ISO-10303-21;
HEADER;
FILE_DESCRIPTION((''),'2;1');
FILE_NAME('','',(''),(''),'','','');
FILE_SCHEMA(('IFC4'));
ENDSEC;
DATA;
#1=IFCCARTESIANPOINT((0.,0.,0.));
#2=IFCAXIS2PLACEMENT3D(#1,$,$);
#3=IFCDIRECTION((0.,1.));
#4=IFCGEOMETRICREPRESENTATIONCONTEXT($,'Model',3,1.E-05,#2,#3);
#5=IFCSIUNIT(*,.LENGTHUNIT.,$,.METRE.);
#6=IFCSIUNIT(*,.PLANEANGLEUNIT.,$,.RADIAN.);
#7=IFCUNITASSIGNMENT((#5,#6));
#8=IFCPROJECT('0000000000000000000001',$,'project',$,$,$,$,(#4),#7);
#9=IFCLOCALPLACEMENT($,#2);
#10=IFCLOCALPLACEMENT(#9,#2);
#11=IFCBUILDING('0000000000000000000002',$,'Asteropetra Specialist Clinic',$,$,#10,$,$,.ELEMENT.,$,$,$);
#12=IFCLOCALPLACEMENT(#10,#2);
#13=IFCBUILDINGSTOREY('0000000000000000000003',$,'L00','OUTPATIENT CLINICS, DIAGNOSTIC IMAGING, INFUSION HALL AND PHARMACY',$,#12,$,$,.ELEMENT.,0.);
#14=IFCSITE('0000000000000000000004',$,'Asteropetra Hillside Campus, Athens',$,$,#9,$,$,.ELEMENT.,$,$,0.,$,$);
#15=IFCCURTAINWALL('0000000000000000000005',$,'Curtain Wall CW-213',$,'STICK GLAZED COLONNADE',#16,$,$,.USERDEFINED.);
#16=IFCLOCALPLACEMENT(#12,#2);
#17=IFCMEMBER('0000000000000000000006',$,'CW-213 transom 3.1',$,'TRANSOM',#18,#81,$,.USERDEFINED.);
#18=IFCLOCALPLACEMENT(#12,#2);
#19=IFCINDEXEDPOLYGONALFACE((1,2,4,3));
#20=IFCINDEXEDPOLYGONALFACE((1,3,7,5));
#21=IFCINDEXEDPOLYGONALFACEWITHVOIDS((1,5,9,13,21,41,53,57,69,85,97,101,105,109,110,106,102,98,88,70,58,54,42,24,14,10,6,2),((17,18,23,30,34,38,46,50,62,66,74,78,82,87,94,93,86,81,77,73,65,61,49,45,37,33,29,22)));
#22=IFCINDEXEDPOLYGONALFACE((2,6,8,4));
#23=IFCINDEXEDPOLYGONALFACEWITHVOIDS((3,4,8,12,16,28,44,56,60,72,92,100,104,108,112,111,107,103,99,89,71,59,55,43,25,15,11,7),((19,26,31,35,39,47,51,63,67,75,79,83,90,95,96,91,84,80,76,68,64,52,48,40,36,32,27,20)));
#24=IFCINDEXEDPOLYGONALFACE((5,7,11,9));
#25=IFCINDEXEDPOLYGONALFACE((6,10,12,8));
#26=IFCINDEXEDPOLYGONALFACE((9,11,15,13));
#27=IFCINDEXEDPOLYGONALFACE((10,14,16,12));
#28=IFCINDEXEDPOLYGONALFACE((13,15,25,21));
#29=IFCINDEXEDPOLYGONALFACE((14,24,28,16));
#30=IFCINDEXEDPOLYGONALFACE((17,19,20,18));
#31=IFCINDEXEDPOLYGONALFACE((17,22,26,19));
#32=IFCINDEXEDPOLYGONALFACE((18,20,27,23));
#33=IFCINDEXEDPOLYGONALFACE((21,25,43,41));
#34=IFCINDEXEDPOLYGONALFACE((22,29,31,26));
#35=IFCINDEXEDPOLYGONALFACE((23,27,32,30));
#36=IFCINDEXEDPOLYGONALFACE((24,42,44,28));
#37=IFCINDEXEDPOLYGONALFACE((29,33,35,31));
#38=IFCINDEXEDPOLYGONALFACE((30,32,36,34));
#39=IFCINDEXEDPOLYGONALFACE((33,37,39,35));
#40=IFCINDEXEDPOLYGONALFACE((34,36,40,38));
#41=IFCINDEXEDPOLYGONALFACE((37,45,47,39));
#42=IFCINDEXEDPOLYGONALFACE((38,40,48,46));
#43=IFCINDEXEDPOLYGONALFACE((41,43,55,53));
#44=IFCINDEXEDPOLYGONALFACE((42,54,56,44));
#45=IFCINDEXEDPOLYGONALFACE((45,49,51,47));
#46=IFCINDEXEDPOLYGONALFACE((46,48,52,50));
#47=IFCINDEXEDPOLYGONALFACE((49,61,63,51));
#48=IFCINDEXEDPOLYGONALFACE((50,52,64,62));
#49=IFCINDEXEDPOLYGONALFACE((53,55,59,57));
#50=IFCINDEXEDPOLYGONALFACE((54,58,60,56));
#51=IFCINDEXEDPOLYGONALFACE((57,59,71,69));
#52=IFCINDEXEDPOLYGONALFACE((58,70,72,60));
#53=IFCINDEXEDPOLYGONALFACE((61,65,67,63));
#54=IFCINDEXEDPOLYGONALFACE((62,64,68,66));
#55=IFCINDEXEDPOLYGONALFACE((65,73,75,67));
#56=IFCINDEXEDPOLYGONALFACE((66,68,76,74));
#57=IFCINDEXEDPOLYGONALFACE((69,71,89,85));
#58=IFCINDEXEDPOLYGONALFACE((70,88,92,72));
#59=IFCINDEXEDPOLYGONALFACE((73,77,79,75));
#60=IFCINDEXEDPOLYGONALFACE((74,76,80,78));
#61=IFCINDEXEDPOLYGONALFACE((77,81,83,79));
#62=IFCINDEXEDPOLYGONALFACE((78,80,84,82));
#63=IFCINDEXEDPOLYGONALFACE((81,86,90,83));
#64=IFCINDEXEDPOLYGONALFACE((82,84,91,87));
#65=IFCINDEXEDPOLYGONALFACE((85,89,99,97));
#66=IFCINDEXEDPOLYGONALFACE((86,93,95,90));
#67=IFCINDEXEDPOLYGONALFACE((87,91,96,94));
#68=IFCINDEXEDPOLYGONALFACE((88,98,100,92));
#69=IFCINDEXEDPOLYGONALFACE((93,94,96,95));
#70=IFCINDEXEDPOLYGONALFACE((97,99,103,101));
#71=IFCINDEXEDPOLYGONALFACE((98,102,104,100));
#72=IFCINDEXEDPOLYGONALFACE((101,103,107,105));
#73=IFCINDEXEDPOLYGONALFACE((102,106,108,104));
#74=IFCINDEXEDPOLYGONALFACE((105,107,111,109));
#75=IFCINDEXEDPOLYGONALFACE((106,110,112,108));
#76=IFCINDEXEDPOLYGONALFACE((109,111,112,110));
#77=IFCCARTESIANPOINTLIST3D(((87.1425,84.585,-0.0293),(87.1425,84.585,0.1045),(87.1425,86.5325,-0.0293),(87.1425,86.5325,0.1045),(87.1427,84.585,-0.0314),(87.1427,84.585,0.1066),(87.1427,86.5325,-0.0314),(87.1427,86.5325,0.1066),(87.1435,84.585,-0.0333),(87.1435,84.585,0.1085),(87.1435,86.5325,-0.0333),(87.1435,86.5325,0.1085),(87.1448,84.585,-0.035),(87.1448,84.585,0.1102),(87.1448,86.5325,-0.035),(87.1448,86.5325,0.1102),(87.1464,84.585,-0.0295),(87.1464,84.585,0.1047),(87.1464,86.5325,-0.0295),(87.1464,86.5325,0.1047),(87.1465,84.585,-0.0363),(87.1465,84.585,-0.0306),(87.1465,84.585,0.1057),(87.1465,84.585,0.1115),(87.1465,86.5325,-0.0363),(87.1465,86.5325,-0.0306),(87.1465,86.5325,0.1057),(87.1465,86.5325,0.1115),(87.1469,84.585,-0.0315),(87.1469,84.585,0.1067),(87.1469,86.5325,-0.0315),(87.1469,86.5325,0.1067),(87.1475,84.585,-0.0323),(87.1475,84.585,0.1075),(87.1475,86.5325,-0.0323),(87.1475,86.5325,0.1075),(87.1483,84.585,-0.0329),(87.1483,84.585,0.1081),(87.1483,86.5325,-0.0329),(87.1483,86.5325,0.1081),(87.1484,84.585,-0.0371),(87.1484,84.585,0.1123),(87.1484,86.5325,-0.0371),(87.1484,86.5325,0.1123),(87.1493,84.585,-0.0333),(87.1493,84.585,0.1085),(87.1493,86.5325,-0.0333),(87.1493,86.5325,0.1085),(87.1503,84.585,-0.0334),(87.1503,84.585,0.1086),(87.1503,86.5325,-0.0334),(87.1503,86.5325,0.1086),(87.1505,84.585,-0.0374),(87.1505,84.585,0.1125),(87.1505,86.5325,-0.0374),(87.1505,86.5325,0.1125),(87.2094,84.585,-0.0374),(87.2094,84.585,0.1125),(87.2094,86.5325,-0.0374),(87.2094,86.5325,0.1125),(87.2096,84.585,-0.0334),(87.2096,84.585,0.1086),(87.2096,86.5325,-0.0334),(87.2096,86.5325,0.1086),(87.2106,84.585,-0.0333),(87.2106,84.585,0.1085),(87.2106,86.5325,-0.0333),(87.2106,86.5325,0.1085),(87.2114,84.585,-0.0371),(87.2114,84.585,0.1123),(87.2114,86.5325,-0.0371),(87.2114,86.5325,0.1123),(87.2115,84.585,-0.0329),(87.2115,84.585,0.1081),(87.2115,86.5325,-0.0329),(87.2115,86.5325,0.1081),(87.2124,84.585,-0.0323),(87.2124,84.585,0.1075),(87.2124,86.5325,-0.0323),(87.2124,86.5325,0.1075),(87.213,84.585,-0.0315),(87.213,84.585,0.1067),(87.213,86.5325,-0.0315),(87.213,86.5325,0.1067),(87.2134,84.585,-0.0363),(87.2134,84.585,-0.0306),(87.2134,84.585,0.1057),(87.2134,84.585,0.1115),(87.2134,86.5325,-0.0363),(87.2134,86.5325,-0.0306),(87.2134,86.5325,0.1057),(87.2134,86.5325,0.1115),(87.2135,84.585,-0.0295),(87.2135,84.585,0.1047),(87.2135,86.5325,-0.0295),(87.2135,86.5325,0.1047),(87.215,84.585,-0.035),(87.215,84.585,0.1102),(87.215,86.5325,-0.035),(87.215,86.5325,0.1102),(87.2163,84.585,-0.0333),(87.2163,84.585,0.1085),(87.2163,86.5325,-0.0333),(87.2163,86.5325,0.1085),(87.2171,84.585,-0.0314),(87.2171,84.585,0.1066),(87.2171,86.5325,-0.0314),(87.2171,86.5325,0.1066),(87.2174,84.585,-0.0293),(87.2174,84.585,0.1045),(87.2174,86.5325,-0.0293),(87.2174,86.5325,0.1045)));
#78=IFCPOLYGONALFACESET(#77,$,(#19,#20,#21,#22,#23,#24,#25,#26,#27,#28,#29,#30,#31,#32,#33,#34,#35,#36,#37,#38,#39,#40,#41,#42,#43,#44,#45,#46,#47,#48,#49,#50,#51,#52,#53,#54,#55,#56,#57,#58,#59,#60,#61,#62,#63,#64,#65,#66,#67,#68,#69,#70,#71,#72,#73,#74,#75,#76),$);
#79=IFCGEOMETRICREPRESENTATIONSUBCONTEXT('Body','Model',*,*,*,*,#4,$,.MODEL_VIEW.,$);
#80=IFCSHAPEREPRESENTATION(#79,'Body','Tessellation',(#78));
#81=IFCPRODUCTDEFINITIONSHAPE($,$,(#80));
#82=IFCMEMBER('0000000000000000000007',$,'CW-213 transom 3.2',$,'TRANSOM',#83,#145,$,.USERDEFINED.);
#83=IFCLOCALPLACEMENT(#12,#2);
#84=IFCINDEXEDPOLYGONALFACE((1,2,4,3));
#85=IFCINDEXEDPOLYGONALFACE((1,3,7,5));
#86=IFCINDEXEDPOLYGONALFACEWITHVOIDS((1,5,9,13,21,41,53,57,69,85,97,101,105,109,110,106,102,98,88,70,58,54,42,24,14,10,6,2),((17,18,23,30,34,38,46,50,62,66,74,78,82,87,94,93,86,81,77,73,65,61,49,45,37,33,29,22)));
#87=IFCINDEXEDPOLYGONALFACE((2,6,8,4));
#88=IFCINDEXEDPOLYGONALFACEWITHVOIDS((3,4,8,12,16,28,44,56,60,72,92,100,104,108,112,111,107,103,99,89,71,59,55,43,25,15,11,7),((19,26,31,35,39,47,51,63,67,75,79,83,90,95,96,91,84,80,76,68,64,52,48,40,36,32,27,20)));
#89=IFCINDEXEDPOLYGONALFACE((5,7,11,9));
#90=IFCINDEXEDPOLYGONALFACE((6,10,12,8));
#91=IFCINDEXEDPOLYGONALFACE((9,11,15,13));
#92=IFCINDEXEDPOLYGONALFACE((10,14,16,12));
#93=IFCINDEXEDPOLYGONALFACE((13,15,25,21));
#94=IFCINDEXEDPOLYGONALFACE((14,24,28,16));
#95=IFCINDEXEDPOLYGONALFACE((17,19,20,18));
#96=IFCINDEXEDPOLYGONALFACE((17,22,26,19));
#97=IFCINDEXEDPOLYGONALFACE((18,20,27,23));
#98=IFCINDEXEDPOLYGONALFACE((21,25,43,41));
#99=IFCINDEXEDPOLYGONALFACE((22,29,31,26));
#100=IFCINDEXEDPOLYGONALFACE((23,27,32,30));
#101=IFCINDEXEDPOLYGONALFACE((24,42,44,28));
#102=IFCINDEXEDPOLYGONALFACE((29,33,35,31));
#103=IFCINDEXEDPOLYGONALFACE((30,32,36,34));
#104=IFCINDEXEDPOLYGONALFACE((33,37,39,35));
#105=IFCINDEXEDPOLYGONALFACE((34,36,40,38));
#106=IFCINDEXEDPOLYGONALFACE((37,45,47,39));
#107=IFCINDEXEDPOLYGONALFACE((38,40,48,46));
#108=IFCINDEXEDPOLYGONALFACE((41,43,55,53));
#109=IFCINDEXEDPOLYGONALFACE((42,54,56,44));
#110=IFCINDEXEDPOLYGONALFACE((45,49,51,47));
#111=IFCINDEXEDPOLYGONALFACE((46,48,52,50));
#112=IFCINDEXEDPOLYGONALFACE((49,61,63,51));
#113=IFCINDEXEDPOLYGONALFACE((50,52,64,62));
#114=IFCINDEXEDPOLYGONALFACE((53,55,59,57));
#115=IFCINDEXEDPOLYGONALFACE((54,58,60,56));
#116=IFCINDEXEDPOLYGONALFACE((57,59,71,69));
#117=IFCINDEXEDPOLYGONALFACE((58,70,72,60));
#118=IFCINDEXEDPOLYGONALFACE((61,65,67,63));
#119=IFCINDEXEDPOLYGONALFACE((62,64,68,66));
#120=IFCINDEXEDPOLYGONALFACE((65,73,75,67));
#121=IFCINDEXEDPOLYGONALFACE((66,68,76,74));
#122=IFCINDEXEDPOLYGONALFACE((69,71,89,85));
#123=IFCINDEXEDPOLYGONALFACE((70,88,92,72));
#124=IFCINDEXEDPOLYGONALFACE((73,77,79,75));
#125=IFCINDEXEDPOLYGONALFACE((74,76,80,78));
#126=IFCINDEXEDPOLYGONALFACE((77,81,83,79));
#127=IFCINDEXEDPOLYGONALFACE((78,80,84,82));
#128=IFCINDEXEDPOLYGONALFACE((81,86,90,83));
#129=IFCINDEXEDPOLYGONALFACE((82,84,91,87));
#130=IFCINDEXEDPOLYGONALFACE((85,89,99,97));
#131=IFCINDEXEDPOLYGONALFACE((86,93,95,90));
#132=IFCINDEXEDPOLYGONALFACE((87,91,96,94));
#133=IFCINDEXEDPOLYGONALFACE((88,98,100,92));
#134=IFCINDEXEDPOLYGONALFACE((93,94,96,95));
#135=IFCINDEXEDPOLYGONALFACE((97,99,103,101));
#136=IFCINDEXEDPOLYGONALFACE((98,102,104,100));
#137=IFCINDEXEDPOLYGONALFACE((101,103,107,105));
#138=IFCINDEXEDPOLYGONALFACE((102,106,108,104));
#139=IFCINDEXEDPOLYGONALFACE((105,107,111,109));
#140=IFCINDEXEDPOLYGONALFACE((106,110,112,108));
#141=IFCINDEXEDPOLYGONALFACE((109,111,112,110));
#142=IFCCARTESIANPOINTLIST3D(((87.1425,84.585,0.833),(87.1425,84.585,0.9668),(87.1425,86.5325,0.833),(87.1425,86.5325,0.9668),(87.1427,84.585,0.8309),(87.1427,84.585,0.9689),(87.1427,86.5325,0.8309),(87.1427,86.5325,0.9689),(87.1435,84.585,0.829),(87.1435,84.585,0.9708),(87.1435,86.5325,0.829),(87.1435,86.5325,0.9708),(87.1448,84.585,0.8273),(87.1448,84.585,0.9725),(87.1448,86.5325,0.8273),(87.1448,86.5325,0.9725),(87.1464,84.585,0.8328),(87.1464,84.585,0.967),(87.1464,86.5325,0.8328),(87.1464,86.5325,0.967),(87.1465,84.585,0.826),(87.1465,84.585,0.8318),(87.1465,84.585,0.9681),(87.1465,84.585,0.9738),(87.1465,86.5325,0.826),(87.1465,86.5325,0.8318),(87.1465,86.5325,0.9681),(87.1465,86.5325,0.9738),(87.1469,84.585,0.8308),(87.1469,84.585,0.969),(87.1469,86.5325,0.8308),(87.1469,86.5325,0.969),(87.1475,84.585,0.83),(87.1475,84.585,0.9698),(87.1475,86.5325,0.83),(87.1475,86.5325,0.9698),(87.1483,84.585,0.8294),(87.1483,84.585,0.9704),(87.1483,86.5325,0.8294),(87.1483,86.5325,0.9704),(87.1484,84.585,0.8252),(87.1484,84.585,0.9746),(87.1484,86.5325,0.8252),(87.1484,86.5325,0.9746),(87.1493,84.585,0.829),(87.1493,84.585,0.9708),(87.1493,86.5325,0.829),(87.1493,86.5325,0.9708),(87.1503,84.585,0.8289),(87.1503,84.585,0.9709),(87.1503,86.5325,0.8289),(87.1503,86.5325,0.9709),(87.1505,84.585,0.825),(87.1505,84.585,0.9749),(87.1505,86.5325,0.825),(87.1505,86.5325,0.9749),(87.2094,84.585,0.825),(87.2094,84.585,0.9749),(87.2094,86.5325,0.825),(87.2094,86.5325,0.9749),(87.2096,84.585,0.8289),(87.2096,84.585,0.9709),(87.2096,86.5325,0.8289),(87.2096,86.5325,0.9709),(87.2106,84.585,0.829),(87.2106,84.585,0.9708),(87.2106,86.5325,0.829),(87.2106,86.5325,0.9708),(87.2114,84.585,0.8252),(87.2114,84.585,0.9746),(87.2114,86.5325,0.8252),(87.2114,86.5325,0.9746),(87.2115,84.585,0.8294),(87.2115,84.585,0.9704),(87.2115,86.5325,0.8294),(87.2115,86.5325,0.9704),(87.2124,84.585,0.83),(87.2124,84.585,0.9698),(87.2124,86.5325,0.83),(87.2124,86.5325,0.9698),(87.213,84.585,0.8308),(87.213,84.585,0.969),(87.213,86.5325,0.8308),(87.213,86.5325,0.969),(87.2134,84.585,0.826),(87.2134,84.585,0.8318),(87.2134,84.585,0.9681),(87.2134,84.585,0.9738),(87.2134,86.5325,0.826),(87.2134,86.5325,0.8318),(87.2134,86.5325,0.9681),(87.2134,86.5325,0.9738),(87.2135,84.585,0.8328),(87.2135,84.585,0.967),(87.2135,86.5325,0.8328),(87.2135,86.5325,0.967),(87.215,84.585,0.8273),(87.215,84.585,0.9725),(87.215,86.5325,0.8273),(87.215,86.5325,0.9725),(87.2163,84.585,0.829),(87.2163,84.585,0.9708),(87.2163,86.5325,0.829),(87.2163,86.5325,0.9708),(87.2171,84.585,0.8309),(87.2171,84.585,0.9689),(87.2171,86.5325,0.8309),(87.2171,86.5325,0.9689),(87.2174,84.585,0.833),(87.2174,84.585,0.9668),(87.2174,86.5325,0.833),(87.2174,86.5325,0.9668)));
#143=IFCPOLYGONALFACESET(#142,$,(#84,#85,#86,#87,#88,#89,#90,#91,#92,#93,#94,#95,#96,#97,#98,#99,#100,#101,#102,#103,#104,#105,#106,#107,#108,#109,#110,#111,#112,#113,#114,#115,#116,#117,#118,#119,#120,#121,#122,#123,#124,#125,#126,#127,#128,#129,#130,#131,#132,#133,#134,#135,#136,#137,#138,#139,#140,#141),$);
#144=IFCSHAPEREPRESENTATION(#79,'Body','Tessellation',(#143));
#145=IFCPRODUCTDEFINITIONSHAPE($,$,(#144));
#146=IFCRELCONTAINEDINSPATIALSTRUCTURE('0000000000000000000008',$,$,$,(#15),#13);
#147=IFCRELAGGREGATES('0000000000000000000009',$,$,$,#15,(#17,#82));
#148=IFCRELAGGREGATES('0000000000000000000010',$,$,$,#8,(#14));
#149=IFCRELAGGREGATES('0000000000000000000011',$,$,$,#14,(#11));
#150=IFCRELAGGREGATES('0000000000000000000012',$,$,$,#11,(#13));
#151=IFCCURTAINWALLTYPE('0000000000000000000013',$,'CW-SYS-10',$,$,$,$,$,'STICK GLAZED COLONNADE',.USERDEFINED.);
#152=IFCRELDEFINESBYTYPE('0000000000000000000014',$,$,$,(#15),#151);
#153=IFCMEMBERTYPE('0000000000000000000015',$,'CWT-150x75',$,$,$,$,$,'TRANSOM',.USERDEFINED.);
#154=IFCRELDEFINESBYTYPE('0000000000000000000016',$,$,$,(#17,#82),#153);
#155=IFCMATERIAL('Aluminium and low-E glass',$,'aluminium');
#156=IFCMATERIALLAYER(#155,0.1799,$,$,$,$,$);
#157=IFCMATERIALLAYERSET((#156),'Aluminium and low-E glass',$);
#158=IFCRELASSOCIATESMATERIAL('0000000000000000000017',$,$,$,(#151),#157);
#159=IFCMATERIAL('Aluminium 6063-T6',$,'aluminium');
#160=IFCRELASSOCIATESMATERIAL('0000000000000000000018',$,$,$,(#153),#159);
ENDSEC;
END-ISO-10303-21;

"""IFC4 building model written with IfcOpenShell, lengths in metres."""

from ifc_helpers import new_model, si_unit, direction, frame, origin, origin_2d, place, context, subcontext, project, spatial, hollow_rectangle, extrude, material, layer, layer_set, material_profile, profile_set, type_object, element, aggregate, save


model = new_model("IFC4")

# Units and contexts
model_context = context("Model", 3, precision=1e-05, world=origin(), true_north=direction((0.0, 1.0)))
body_context = subcontext(model_context, "Body", "Model", "MODEL_VIEW")
ifc_project = project(units=[si_unit("LENGTHUNIT", "METRE"), si_unit("PLANEANGLEUNIT", "RADIAN")], contexts=[model_context])

# Site, building, storey
site_placement = place(None, origin())
site = spatial("IfcSite", under=ifc_project, at=site_placement, Name="Asteropetra Hillside Campus, Athens", CompositionType="ELEMENT", RefElevation=0.0)
building_placement = place(site_placement, origin())
building = spatial("IfcBuilding", under=site, at=building_placement, Name="Asteropetra Specialist Clinic", CompositionType="ELEMENT")
storey_placement = place(building_placement, origin())
storey = spatial("IfcBuildingStorey", under=building, at=storey_placement, Name="L00", Description="OUTPATIENT CLINICS, DIAGNOSTIC IMAGING, INFUSION HALL AND PHARMACY", CompositionType="ELEMENT", Elevation=0.0)

# Curtain wall
ifc_material_1 = material(Name="Aluminium and low-E glass", Category="aluminium")
ifc_layer_1 = layer(ifc_material_1, 0.1799)
ifc_layer_set_1 = layer_set([ifc_layer_1], Name="Aluminium and low-E glass")
curtain_wall_type_1 = type_object("IfcCurtainWallType", Name="CW-SYS-10", ElementType="STICK GLAZED COLONNADE", PredefinedType="USERDEFINED", material=ifc_layer_set_1)
curtain_wall_1_placement = place(storey_placement, origin())
curtain_wall_1 = element("IfcCurtainWall", 1, at=curtain_wall_1_placement, inside=storey, type_object=curtain_wall_type_1, Name="Curtain Wall CW-213", ObjectType="STICK GLAZED COLONNADE", PredefinedType="USERDEFINED")

# Members
ifc_material_2 = material(Name="Aluminium 6063-T6", Category="aluminium")
ifc_material_profile_1 = material_profile(ifc_material_2, hollow_rectangle(XDim=0.075, YDim=0.1499, WallThickness=0.0039, InnerFilletRadius=0.0039, OuterFilletRadius=0.0081, at=origin_2d()), Name="TRN 150x75x4.0")
ifc_profile_set_1 = profile_set([ifc_material_profile_1], Name="Aluminium 6063-T6")
member_type_1 = type_object("IfcMemberType", Name="CWT-150x75", ElementType="TRANSOM", PredefinedType="USERDEFINED", material=ifc_profile_set_1)
member_1_placement = place(storey_placement, frame((87.1799, 86.5325, 0.0376), z_axis=(0.0, -1.0, 0.0), x_axis=(1.0, 0.0, 0.0)))
member_1 = element("IfcMember", 2, at=member_1_placement, type_object=member_type_1, Name="CW-213 transom 3.1", ObjectType="TRANSOM", PredefinedType="USERDEFINED", context=body_context, shape_type="SweptSolid", body=[
    extrude(hollow_rectangle(XDim=0.075, YDim=0.1499, WallThickness=0.0039, InnerFilletRadius=0.0039, OuterFilletRadius=0.0081, at=origin_2d()), origin(), (0.0, 0.0, 1.0), 1.9475),
])
member_2_placement = place(storey_placement, frame((87.1799, 86.5325, 0.8999), z_axis=(0.0, -1.0, 0.0), x_axis=(1.0, 0.0, 0.0)))
member_2 = element("IfcMember", 3, at=member_2_placement, type_object=member_type_1, Name="CW-213 transom 3.2", ObjectType="TRANSOM", PredefinedType="USERDEFINED", context=body_context, shape_type="SweptSolid", body=[
    extrude(hollow_rectangle(XDim=0.075, YDim=0.1499, WallThickness=0.0039, InnerFilletRadius=0.0039, OuterFilletRadius=0.0081, at=origin_2d()), origin(), (0.0, 0.0, 1.0), 1.9475),
])

aggregate(curtain_wall_1, [member_1, member_2])

save(model, "model.ifc")
